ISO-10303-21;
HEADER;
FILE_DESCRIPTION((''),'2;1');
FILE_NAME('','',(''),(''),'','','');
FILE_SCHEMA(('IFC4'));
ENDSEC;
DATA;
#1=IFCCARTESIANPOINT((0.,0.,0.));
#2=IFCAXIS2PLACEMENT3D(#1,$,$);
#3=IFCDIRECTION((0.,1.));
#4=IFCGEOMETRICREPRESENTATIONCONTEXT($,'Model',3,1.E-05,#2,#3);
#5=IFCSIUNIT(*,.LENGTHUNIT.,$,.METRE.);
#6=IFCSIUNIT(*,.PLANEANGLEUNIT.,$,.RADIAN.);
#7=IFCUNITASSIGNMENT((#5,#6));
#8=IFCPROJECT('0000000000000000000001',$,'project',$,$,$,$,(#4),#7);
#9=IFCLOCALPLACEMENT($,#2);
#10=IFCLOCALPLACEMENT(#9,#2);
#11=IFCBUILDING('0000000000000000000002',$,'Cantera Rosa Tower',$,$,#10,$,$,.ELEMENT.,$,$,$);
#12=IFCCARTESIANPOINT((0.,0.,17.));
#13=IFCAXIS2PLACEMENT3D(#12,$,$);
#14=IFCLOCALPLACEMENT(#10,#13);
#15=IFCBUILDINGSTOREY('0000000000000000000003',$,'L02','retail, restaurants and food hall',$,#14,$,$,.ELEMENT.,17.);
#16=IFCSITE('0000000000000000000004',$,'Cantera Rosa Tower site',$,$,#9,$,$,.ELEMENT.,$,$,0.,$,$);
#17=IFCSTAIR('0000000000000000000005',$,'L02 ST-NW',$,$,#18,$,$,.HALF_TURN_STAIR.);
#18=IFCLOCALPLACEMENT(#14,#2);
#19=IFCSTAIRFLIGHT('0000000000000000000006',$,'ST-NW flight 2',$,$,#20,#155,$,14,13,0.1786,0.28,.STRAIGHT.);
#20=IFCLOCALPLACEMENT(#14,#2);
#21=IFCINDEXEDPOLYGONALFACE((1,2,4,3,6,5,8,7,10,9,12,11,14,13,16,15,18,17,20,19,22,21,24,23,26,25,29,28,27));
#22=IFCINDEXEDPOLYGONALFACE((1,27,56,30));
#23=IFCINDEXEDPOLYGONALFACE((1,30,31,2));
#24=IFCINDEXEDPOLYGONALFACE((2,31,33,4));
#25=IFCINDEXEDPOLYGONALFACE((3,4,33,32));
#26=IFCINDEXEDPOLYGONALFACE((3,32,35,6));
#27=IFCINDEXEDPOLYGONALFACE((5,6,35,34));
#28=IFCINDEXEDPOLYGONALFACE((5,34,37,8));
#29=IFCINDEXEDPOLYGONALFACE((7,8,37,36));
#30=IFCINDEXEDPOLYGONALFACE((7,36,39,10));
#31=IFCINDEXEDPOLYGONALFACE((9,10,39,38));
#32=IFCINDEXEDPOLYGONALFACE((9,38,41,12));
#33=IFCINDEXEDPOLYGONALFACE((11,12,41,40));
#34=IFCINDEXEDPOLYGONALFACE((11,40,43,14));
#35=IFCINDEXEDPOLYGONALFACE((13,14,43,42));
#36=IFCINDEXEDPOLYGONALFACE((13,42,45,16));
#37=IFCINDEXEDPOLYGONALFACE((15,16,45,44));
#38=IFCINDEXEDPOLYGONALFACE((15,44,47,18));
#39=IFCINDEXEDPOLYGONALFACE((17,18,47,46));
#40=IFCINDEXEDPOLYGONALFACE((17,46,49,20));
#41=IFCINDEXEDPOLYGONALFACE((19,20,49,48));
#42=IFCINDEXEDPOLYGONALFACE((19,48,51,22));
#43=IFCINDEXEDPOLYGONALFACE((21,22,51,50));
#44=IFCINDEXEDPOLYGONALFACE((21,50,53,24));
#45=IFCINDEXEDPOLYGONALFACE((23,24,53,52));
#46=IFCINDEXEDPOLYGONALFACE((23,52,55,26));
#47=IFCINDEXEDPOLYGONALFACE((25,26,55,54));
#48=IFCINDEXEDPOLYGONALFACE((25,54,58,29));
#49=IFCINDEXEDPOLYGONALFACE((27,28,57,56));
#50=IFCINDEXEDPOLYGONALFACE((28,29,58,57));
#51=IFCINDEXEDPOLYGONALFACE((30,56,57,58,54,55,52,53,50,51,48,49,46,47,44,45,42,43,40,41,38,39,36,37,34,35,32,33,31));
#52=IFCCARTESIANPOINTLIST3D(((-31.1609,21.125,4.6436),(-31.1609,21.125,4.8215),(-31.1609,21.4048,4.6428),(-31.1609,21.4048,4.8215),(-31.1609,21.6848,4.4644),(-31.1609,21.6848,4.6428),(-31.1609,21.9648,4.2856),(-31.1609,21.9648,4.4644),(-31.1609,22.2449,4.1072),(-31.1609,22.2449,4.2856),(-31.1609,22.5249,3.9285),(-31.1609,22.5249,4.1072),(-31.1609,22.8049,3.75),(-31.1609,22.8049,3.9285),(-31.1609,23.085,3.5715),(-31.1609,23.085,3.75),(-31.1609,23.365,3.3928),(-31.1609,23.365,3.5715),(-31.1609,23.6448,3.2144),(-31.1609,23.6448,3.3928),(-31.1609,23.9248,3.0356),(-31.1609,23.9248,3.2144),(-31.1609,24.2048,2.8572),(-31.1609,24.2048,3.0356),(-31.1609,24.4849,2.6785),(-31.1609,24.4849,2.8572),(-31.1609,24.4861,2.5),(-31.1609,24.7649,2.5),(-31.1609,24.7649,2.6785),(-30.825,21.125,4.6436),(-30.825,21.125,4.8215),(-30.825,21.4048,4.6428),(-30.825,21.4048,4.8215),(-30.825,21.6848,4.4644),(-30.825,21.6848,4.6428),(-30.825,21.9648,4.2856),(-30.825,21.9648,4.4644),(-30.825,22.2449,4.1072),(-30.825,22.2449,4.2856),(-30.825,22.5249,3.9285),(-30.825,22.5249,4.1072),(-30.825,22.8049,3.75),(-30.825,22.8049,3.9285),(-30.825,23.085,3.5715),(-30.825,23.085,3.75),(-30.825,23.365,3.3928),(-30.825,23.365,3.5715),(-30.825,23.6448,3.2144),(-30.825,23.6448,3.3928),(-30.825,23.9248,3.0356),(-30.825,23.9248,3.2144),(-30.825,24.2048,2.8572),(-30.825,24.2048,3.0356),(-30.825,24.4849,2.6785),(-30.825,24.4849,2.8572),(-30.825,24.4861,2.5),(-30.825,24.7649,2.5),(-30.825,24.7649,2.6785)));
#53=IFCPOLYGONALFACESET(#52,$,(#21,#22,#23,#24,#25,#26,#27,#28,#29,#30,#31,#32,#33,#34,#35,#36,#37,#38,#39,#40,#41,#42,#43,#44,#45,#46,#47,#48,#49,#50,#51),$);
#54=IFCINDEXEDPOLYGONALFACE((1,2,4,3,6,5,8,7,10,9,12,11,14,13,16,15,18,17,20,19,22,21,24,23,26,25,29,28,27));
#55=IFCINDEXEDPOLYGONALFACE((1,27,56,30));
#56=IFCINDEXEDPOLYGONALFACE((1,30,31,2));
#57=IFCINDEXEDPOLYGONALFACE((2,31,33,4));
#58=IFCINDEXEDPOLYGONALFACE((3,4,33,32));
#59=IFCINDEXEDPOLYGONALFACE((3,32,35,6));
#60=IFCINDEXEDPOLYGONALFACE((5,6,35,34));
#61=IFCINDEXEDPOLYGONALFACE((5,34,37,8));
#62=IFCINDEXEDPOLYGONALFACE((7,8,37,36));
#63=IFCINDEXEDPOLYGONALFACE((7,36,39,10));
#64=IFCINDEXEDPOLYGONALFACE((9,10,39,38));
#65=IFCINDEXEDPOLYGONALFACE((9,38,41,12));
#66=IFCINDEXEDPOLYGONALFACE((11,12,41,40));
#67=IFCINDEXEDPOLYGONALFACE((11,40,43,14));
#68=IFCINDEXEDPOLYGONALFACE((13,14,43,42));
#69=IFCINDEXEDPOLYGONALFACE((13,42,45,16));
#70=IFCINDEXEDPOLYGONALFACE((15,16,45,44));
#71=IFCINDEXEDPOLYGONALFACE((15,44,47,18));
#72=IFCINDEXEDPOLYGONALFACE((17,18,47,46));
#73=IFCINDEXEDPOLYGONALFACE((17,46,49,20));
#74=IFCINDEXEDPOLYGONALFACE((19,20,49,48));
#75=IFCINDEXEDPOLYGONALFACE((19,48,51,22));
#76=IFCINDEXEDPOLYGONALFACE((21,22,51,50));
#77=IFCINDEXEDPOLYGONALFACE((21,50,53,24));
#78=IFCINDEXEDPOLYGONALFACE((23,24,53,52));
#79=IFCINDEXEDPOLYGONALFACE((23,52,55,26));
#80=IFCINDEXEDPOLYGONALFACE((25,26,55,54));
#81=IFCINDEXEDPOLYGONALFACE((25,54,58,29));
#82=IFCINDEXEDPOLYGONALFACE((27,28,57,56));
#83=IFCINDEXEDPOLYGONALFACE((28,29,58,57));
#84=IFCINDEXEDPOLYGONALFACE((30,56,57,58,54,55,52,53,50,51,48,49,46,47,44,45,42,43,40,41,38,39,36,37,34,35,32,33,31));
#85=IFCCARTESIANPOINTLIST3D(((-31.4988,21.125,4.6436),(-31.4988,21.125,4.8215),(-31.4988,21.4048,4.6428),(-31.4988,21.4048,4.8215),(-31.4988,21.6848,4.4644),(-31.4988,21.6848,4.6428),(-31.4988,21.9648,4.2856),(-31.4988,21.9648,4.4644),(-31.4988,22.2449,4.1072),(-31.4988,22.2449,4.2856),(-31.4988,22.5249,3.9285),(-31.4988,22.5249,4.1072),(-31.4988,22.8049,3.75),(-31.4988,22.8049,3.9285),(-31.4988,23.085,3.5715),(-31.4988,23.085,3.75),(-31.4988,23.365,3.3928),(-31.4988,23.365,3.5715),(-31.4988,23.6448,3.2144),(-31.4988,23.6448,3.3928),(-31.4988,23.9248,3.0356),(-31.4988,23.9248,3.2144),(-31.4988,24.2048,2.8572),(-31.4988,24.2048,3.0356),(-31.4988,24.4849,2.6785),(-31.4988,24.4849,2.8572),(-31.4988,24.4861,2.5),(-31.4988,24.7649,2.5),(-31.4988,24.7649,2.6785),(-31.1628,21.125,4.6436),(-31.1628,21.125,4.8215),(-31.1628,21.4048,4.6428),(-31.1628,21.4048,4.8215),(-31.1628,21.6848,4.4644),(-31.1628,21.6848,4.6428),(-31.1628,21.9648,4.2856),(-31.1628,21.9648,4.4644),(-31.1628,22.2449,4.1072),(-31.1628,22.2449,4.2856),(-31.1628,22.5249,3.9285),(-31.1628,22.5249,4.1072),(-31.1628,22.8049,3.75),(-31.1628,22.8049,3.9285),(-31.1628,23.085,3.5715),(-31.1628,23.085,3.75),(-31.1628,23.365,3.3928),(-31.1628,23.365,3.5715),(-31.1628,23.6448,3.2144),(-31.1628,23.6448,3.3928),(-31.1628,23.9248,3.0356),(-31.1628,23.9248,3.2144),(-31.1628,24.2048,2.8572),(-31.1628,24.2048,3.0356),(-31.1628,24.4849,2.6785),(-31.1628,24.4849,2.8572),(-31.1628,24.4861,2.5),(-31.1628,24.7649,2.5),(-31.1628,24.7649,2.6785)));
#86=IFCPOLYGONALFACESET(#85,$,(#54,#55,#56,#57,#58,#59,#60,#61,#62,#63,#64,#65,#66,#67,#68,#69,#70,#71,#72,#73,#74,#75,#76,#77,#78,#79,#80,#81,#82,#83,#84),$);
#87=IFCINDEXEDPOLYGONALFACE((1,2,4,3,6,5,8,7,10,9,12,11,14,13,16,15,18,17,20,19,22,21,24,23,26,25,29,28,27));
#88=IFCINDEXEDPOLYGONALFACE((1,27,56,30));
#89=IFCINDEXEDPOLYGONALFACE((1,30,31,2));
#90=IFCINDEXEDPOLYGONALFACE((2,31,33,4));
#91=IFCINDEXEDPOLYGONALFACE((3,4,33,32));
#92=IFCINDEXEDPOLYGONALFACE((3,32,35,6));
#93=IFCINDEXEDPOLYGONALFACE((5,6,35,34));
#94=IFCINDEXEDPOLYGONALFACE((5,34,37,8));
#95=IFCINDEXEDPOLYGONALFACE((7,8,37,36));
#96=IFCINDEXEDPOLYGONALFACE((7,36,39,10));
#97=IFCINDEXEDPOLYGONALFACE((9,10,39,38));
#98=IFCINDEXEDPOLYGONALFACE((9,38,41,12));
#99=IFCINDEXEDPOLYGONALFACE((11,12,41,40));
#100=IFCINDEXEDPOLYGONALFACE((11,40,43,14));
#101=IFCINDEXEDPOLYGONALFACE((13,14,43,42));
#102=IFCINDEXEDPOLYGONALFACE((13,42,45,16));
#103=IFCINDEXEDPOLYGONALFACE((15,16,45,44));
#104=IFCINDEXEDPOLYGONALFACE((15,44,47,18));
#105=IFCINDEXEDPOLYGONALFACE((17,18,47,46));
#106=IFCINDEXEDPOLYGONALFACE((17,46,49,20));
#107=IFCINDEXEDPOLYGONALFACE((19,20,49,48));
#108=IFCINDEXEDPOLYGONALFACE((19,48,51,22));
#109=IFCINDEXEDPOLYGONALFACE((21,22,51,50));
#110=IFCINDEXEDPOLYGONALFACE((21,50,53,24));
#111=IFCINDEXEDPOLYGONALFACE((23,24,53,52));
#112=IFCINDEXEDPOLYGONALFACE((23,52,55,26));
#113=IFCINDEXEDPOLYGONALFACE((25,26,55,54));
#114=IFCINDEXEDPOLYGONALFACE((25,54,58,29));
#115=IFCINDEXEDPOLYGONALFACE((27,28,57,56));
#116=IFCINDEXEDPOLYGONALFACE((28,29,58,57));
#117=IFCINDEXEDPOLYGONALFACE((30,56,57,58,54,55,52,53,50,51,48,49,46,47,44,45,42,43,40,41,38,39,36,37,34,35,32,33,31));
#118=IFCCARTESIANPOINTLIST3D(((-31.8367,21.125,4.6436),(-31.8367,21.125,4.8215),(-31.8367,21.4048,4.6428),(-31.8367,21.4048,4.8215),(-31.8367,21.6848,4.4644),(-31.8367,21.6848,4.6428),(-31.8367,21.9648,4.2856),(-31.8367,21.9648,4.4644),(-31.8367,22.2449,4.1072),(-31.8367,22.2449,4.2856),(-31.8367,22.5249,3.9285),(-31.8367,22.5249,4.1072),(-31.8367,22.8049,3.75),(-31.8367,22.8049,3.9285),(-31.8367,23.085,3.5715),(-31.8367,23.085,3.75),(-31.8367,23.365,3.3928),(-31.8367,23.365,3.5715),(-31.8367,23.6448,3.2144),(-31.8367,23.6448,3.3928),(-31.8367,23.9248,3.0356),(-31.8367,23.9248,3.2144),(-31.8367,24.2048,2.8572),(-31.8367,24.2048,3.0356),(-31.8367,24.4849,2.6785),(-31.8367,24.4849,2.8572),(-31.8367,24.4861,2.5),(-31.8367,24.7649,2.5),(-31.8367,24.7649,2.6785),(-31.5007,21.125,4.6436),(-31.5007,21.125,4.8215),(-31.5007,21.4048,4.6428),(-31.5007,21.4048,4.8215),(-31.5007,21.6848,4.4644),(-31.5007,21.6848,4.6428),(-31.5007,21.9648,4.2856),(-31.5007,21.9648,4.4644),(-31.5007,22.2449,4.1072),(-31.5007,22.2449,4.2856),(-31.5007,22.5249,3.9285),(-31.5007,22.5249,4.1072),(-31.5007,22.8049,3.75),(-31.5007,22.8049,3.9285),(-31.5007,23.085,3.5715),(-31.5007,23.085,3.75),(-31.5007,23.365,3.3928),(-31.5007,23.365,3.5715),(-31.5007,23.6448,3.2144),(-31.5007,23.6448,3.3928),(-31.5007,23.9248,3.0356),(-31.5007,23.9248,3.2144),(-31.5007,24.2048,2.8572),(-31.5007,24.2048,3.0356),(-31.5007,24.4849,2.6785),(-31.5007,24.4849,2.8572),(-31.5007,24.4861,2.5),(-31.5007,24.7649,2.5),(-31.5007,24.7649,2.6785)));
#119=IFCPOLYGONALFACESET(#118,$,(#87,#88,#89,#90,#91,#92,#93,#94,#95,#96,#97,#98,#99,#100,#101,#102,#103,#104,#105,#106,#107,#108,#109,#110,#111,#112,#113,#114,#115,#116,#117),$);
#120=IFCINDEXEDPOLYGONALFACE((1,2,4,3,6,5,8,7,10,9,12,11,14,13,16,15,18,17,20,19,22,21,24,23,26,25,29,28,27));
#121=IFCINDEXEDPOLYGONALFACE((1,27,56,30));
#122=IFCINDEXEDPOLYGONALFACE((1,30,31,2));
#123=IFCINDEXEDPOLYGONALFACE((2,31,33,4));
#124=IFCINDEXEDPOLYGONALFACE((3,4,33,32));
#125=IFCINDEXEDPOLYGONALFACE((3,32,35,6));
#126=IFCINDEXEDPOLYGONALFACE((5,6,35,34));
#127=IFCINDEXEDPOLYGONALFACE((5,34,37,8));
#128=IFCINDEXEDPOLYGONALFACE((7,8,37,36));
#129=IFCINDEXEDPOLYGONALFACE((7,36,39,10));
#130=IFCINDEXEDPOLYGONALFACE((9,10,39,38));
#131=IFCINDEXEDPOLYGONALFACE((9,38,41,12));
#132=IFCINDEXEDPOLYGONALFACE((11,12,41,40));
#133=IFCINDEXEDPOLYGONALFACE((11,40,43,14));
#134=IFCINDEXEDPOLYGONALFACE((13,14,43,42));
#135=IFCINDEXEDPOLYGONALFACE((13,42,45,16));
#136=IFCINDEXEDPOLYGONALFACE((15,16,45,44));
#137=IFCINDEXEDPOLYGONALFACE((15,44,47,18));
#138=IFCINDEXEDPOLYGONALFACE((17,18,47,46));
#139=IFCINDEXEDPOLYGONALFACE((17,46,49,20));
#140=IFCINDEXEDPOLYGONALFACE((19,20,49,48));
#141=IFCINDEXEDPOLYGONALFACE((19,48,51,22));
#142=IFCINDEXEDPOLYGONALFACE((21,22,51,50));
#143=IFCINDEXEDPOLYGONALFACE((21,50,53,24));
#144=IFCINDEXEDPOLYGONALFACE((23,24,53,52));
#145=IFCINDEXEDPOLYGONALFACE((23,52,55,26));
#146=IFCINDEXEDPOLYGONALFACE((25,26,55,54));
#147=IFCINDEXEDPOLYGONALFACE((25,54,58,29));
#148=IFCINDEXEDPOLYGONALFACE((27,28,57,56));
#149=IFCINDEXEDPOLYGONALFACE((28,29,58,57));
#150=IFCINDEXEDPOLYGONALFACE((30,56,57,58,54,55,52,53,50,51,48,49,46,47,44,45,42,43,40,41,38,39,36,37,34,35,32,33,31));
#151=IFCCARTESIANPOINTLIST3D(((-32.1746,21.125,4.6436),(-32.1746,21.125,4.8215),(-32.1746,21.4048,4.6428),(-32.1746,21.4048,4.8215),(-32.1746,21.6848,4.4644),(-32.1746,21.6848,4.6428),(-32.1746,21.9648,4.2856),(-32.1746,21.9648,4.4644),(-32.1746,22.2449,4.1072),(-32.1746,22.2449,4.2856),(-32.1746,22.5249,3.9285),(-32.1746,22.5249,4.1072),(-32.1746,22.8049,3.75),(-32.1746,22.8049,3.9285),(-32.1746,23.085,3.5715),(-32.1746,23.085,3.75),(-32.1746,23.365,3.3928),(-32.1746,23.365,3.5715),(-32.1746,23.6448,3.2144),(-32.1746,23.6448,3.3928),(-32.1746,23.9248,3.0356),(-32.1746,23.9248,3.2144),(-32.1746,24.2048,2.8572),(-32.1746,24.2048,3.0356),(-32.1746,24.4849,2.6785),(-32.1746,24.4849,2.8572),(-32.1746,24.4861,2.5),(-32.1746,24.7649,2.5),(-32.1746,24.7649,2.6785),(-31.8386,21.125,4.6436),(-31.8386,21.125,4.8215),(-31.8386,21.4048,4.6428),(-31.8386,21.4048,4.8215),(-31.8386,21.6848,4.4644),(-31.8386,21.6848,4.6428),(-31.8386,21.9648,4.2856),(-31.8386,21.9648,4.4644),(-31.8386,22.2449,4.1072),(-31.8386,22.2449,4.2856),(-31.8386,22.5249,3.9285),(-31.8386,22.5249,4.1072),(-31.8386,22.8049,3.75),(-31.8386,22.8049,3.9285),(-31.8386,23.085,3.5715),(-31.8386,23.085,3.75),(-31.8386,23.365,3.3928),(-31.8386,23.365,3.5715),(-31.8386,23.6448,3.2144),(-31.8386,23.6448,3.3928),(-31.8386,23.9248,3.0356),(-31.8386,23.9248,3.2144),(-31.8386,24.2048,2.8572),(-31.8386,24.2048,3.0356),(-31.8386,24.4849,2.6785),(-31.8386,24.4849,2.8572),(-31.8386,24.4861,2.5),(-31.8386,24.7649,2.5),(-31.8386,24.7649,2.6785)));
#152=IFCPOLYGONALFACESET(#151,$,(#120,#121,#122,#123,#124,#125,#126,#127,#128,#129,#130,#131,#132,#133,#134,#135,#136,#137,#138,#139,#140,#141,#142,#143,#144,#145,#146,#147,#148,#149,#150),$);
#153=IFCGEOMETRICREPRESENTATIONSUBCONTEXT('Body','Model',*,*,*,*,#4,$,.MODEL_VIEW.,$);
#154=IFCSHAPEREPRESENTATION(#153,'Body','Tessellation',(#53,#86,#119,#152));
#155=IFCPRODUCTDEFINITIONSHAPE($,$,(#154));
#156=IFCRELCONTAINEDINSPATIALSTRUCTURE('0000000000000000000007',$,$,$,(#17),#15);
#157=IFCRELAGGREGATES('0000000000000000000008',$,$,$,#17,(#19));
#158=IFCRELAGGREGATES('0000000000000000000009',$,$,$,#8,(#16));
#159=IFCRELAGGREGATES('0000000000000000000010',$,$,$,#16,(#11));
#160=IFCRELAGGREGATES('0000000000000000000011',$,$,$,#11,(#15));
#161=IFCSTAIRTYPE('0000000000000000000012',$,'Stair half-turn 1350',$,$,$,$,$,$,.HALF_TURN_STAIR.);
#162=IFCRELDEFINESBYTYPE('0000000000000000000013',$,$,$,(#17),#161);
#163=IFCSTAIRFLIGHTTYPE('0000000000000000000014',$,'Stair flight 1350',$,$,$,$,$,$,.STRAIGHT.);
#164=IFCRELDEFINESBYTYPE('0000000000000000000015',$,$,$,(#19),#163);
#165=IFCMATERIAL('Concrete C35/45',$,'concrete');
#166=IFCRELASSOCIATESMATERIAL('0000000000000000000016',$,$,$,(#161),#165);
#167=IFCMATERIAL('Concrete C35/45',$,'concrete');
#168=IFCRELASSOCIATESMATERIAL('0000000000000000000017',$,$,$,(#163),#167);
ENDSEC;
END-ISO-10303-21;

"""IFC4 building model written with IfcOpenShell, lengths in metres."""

from ifc_helpers import new_model, si_unit, direction, frame, origin, place, context, subcontext, project, spatial, polyline, outline, extrude, material, type_object, element, aggregate, save


model = new_model("IFC4")

# Units and contexts
model_context = context("Model", 3, precision=1e-05, world=origin(), true_north=direction((0.0, 1.0)))
body_context = subcontext(model_context, "Body", "Model", "MODEL_VIEW")
ifc_project = project(units=[si_unit("LENGTHUNIT", "METRE"), si_unit("PLANEANGLEUNIT", "RADIAN")], contexts=[model_context])

# Site, building, storey
site_placement = place(None, origin())
site = spatial("IfcSite", under=ifc_project, at=site_placement, Name="Cantera Rosa Tower site", CompositionType="ELEMENT", RefElevation=0.0)
building_placement = place(site_placement, origin())
building = spatial("IfcBuilding", under=site, at=building_placement, Name="Cantera Rosa Tower", CompositionType="ELEMENT")
storey_placement = place(building_placement, frame((0.0, 0.0, 17.0)))
storey = spatial("IfcBuildingStorey", under=building, at=storey_placement, Name="L02", Description="retail, restaurants and food hall", CompositionType="ELEMENT", Elevation=17.0)

# Stair, stair flight
ifc_material_1 = material(Name="Concrete C35/45", Category="concrete")
stair_type = type_object("IfcStairType", Name="Stair half-turn 1350", PredefinedType="HALF_TURN_STAIR", material=ifc_material_1)
stair_placement = place(storey_placement, origin())
stair = element("IfcStair", 1, at=stair_placement, inside=storey, type_object=stair_type, Name="L02 ST-NW", PredefinedType="HALF_TURN_STAIR")
ifc_material_2 = material(Name="Concrete C35/45", Category="concrete")
stair_flight_type = type_object("IfcStairFlightType", Name="Stair flight 1350", PredefinedType="STRAIGHT", material=ifc_material_2)
stair_flight_1_placement = place(storey_placement, frame((-31.5, 24.7649, 2.5), z_axis=(0.0, 0.0, 1.0), x_axis=(0.0, -1.0, 0.0)))
stair_flight_1 = element("IfcStairFlight", 2, at=stair_flight_1_placement, type_object=stair_flight_type, Name="ST-NW flight 2", NumberOfRisers=14, NumberOfTreads=13, PredefinedType="STRAIGHT", RiserHeight=0.1786, TreadLength=0.28, context=body_context, shape_type="SweptSolid", body=[
    extrude(outline(polyline([(0.0, 0.0), (0.0, 0.1785), (0.28, 0.1785), (0.28, 0.3572), (0.5601, 0.3572), (0.5601, 0.5356), (0.8401, 0.5356), (0.8401, 0.7144), (1.1201, 0.7144), (1.1201, 0.8928), (1.3999, 0.8928), (1.3999, 1.0715), (1.6799, 1.0715), (1.6799, 1.25), (1.96, 1.25), (1.96, 1.4285), (2.24, 1.4285), (2.24, 1.6072), (2.52, 1.6072), (2.52, 1.7856), (2.8, 1.7856), (2.8, 1.9644), (3.0801, 1.9644), (3.0801, 2.1428), (3.3601, 2.1428), (3.3601, 2.3215), (3.6399, 2.3215), (3.6399, 2.5), (3.6399, 2.1436), (0.2788, 0.0), (0.0, 0.0)])), frame((0.0, 0.675, 0.0), z_axis=(0.0, -1.0, 0.0), x_axis=(1.0, 0.0, 0.0)), (0.0, 0.0, 1.0), 0.3359),
    extrude(outline(polyline([(0.0, 0.0), (0.0, 0.1785), (0.28, 0.1785), (0.28, 0.3572), (0.5601, 0.3572), (0.5601, 0.5356), (0.8401, 0.5356), (0.8401, 0.7144), (1.1201, 0.7144), (1.1201, 0.8928), (1.3999, 0.8928), (1.3999, 1.0715), (1.6799, 1.0715), (1.6799, 1.25), (1.96, 1.25), (1.96, 1.4285), (2.24, 1.4285), (2.24, 1.6072), (2.52, 1.6072), (2.52, 1.7856), (2.8, 1.7856), (2.8, 1.9644), (3.0801, 1.9644), (3.0801, 2.1428), (3.3601, 2.1428), (3.3601, 2.3215), (3.6399, 2.3215), (3.6399, 2.5), (3.6399, 2.1436), (0.2788, 0.0), (0.0, 0.0)])), frame((0.0, 0.3372, 0.0), z_axis=(0.0, -1.0, 0.0), x_axis=(1.0, 0.0, 0.0)), (0.0, 0.0, 1.0), 0.3359),
    extrude(outline(polyline([(0.0, 0.0), (0.0, 0.1785), (0.28, 0.1785), (0.28, 0.3572), (0.5601, 0.3572), (0.5601, 0.5356), (0.8401, 0.5356), (0.8401, 0.7144), (1.1201, 0.7144), (1.1201, 0.8928), (1.3999, 0.8928), (1.3999, 1.0715), (1.6799, 1.0715), (1.6799, 1.25), (1.96, 1.25), (1.96, 1.4285), (2.24, 1.4285), (2.24, 1.6072), (2.52, 1.6072), (2.52, 1.7856), (2.8, 1.7856), (2.8, 1.9644), (3.0801, 1.9644), (3.0801, 2.1428), (3.3601, 2.1428), (3.3601, 2.3215), (3.6399, 2.3215), (3.6399, 2.5), (3.6399, 2.1436), (0.2788, 0.0), (0.0, 0.0)])), frame((0.0, -0.0007, 0.0), z_axis=(0.0, -1.0, 0.0), x_axis=(1.0, 0.0, 0.0)), (0.0, 0.0, 1.0), 0.3359),
    extrude(outline(polyline([(0.0, 0.0), (0.0, 0.1785), (0.28, 0.1785), (0.28, 0.3572), (0.5601, 0.3572), (0.5601, 0.5356), (0.8401, 0.5356), (0.8401, 0.7144), (1.1201, 0.7144), (1.1201, 0.8928), (1.3999, 0.8928), (1.3999, 1.0715), (1.6799, 1.0715), (1.6799, 1.25), (1.96, 1.25), (1.96, 1.4285), (2.24, 1.4285), (2.24, 1.6072), (2.52, 1.6072), (2.52, 1.7856), (2.8, 1.7856), (2.8, 1.9644), (3.0801, 1.9644), (3.0801, 2.1428), (3.3601, 2.1428), (3.3601, 2.3215), (3.6399, 2.3215), (3.6399, 2.5), (3.6399, 2.1436), (0.2788, 0.0), (0.0, 0.0)])), frame((0.0, -0.3386, 0.0), z_axis=(0.0, -1.0, 0.0), x_axis=(1.0, 0.0, 0.0)), (0.0, 0.0, 1.0), 0.3359),
])
aggregate(stair, [stair_flight_1])

save(model, "model.ifc")
